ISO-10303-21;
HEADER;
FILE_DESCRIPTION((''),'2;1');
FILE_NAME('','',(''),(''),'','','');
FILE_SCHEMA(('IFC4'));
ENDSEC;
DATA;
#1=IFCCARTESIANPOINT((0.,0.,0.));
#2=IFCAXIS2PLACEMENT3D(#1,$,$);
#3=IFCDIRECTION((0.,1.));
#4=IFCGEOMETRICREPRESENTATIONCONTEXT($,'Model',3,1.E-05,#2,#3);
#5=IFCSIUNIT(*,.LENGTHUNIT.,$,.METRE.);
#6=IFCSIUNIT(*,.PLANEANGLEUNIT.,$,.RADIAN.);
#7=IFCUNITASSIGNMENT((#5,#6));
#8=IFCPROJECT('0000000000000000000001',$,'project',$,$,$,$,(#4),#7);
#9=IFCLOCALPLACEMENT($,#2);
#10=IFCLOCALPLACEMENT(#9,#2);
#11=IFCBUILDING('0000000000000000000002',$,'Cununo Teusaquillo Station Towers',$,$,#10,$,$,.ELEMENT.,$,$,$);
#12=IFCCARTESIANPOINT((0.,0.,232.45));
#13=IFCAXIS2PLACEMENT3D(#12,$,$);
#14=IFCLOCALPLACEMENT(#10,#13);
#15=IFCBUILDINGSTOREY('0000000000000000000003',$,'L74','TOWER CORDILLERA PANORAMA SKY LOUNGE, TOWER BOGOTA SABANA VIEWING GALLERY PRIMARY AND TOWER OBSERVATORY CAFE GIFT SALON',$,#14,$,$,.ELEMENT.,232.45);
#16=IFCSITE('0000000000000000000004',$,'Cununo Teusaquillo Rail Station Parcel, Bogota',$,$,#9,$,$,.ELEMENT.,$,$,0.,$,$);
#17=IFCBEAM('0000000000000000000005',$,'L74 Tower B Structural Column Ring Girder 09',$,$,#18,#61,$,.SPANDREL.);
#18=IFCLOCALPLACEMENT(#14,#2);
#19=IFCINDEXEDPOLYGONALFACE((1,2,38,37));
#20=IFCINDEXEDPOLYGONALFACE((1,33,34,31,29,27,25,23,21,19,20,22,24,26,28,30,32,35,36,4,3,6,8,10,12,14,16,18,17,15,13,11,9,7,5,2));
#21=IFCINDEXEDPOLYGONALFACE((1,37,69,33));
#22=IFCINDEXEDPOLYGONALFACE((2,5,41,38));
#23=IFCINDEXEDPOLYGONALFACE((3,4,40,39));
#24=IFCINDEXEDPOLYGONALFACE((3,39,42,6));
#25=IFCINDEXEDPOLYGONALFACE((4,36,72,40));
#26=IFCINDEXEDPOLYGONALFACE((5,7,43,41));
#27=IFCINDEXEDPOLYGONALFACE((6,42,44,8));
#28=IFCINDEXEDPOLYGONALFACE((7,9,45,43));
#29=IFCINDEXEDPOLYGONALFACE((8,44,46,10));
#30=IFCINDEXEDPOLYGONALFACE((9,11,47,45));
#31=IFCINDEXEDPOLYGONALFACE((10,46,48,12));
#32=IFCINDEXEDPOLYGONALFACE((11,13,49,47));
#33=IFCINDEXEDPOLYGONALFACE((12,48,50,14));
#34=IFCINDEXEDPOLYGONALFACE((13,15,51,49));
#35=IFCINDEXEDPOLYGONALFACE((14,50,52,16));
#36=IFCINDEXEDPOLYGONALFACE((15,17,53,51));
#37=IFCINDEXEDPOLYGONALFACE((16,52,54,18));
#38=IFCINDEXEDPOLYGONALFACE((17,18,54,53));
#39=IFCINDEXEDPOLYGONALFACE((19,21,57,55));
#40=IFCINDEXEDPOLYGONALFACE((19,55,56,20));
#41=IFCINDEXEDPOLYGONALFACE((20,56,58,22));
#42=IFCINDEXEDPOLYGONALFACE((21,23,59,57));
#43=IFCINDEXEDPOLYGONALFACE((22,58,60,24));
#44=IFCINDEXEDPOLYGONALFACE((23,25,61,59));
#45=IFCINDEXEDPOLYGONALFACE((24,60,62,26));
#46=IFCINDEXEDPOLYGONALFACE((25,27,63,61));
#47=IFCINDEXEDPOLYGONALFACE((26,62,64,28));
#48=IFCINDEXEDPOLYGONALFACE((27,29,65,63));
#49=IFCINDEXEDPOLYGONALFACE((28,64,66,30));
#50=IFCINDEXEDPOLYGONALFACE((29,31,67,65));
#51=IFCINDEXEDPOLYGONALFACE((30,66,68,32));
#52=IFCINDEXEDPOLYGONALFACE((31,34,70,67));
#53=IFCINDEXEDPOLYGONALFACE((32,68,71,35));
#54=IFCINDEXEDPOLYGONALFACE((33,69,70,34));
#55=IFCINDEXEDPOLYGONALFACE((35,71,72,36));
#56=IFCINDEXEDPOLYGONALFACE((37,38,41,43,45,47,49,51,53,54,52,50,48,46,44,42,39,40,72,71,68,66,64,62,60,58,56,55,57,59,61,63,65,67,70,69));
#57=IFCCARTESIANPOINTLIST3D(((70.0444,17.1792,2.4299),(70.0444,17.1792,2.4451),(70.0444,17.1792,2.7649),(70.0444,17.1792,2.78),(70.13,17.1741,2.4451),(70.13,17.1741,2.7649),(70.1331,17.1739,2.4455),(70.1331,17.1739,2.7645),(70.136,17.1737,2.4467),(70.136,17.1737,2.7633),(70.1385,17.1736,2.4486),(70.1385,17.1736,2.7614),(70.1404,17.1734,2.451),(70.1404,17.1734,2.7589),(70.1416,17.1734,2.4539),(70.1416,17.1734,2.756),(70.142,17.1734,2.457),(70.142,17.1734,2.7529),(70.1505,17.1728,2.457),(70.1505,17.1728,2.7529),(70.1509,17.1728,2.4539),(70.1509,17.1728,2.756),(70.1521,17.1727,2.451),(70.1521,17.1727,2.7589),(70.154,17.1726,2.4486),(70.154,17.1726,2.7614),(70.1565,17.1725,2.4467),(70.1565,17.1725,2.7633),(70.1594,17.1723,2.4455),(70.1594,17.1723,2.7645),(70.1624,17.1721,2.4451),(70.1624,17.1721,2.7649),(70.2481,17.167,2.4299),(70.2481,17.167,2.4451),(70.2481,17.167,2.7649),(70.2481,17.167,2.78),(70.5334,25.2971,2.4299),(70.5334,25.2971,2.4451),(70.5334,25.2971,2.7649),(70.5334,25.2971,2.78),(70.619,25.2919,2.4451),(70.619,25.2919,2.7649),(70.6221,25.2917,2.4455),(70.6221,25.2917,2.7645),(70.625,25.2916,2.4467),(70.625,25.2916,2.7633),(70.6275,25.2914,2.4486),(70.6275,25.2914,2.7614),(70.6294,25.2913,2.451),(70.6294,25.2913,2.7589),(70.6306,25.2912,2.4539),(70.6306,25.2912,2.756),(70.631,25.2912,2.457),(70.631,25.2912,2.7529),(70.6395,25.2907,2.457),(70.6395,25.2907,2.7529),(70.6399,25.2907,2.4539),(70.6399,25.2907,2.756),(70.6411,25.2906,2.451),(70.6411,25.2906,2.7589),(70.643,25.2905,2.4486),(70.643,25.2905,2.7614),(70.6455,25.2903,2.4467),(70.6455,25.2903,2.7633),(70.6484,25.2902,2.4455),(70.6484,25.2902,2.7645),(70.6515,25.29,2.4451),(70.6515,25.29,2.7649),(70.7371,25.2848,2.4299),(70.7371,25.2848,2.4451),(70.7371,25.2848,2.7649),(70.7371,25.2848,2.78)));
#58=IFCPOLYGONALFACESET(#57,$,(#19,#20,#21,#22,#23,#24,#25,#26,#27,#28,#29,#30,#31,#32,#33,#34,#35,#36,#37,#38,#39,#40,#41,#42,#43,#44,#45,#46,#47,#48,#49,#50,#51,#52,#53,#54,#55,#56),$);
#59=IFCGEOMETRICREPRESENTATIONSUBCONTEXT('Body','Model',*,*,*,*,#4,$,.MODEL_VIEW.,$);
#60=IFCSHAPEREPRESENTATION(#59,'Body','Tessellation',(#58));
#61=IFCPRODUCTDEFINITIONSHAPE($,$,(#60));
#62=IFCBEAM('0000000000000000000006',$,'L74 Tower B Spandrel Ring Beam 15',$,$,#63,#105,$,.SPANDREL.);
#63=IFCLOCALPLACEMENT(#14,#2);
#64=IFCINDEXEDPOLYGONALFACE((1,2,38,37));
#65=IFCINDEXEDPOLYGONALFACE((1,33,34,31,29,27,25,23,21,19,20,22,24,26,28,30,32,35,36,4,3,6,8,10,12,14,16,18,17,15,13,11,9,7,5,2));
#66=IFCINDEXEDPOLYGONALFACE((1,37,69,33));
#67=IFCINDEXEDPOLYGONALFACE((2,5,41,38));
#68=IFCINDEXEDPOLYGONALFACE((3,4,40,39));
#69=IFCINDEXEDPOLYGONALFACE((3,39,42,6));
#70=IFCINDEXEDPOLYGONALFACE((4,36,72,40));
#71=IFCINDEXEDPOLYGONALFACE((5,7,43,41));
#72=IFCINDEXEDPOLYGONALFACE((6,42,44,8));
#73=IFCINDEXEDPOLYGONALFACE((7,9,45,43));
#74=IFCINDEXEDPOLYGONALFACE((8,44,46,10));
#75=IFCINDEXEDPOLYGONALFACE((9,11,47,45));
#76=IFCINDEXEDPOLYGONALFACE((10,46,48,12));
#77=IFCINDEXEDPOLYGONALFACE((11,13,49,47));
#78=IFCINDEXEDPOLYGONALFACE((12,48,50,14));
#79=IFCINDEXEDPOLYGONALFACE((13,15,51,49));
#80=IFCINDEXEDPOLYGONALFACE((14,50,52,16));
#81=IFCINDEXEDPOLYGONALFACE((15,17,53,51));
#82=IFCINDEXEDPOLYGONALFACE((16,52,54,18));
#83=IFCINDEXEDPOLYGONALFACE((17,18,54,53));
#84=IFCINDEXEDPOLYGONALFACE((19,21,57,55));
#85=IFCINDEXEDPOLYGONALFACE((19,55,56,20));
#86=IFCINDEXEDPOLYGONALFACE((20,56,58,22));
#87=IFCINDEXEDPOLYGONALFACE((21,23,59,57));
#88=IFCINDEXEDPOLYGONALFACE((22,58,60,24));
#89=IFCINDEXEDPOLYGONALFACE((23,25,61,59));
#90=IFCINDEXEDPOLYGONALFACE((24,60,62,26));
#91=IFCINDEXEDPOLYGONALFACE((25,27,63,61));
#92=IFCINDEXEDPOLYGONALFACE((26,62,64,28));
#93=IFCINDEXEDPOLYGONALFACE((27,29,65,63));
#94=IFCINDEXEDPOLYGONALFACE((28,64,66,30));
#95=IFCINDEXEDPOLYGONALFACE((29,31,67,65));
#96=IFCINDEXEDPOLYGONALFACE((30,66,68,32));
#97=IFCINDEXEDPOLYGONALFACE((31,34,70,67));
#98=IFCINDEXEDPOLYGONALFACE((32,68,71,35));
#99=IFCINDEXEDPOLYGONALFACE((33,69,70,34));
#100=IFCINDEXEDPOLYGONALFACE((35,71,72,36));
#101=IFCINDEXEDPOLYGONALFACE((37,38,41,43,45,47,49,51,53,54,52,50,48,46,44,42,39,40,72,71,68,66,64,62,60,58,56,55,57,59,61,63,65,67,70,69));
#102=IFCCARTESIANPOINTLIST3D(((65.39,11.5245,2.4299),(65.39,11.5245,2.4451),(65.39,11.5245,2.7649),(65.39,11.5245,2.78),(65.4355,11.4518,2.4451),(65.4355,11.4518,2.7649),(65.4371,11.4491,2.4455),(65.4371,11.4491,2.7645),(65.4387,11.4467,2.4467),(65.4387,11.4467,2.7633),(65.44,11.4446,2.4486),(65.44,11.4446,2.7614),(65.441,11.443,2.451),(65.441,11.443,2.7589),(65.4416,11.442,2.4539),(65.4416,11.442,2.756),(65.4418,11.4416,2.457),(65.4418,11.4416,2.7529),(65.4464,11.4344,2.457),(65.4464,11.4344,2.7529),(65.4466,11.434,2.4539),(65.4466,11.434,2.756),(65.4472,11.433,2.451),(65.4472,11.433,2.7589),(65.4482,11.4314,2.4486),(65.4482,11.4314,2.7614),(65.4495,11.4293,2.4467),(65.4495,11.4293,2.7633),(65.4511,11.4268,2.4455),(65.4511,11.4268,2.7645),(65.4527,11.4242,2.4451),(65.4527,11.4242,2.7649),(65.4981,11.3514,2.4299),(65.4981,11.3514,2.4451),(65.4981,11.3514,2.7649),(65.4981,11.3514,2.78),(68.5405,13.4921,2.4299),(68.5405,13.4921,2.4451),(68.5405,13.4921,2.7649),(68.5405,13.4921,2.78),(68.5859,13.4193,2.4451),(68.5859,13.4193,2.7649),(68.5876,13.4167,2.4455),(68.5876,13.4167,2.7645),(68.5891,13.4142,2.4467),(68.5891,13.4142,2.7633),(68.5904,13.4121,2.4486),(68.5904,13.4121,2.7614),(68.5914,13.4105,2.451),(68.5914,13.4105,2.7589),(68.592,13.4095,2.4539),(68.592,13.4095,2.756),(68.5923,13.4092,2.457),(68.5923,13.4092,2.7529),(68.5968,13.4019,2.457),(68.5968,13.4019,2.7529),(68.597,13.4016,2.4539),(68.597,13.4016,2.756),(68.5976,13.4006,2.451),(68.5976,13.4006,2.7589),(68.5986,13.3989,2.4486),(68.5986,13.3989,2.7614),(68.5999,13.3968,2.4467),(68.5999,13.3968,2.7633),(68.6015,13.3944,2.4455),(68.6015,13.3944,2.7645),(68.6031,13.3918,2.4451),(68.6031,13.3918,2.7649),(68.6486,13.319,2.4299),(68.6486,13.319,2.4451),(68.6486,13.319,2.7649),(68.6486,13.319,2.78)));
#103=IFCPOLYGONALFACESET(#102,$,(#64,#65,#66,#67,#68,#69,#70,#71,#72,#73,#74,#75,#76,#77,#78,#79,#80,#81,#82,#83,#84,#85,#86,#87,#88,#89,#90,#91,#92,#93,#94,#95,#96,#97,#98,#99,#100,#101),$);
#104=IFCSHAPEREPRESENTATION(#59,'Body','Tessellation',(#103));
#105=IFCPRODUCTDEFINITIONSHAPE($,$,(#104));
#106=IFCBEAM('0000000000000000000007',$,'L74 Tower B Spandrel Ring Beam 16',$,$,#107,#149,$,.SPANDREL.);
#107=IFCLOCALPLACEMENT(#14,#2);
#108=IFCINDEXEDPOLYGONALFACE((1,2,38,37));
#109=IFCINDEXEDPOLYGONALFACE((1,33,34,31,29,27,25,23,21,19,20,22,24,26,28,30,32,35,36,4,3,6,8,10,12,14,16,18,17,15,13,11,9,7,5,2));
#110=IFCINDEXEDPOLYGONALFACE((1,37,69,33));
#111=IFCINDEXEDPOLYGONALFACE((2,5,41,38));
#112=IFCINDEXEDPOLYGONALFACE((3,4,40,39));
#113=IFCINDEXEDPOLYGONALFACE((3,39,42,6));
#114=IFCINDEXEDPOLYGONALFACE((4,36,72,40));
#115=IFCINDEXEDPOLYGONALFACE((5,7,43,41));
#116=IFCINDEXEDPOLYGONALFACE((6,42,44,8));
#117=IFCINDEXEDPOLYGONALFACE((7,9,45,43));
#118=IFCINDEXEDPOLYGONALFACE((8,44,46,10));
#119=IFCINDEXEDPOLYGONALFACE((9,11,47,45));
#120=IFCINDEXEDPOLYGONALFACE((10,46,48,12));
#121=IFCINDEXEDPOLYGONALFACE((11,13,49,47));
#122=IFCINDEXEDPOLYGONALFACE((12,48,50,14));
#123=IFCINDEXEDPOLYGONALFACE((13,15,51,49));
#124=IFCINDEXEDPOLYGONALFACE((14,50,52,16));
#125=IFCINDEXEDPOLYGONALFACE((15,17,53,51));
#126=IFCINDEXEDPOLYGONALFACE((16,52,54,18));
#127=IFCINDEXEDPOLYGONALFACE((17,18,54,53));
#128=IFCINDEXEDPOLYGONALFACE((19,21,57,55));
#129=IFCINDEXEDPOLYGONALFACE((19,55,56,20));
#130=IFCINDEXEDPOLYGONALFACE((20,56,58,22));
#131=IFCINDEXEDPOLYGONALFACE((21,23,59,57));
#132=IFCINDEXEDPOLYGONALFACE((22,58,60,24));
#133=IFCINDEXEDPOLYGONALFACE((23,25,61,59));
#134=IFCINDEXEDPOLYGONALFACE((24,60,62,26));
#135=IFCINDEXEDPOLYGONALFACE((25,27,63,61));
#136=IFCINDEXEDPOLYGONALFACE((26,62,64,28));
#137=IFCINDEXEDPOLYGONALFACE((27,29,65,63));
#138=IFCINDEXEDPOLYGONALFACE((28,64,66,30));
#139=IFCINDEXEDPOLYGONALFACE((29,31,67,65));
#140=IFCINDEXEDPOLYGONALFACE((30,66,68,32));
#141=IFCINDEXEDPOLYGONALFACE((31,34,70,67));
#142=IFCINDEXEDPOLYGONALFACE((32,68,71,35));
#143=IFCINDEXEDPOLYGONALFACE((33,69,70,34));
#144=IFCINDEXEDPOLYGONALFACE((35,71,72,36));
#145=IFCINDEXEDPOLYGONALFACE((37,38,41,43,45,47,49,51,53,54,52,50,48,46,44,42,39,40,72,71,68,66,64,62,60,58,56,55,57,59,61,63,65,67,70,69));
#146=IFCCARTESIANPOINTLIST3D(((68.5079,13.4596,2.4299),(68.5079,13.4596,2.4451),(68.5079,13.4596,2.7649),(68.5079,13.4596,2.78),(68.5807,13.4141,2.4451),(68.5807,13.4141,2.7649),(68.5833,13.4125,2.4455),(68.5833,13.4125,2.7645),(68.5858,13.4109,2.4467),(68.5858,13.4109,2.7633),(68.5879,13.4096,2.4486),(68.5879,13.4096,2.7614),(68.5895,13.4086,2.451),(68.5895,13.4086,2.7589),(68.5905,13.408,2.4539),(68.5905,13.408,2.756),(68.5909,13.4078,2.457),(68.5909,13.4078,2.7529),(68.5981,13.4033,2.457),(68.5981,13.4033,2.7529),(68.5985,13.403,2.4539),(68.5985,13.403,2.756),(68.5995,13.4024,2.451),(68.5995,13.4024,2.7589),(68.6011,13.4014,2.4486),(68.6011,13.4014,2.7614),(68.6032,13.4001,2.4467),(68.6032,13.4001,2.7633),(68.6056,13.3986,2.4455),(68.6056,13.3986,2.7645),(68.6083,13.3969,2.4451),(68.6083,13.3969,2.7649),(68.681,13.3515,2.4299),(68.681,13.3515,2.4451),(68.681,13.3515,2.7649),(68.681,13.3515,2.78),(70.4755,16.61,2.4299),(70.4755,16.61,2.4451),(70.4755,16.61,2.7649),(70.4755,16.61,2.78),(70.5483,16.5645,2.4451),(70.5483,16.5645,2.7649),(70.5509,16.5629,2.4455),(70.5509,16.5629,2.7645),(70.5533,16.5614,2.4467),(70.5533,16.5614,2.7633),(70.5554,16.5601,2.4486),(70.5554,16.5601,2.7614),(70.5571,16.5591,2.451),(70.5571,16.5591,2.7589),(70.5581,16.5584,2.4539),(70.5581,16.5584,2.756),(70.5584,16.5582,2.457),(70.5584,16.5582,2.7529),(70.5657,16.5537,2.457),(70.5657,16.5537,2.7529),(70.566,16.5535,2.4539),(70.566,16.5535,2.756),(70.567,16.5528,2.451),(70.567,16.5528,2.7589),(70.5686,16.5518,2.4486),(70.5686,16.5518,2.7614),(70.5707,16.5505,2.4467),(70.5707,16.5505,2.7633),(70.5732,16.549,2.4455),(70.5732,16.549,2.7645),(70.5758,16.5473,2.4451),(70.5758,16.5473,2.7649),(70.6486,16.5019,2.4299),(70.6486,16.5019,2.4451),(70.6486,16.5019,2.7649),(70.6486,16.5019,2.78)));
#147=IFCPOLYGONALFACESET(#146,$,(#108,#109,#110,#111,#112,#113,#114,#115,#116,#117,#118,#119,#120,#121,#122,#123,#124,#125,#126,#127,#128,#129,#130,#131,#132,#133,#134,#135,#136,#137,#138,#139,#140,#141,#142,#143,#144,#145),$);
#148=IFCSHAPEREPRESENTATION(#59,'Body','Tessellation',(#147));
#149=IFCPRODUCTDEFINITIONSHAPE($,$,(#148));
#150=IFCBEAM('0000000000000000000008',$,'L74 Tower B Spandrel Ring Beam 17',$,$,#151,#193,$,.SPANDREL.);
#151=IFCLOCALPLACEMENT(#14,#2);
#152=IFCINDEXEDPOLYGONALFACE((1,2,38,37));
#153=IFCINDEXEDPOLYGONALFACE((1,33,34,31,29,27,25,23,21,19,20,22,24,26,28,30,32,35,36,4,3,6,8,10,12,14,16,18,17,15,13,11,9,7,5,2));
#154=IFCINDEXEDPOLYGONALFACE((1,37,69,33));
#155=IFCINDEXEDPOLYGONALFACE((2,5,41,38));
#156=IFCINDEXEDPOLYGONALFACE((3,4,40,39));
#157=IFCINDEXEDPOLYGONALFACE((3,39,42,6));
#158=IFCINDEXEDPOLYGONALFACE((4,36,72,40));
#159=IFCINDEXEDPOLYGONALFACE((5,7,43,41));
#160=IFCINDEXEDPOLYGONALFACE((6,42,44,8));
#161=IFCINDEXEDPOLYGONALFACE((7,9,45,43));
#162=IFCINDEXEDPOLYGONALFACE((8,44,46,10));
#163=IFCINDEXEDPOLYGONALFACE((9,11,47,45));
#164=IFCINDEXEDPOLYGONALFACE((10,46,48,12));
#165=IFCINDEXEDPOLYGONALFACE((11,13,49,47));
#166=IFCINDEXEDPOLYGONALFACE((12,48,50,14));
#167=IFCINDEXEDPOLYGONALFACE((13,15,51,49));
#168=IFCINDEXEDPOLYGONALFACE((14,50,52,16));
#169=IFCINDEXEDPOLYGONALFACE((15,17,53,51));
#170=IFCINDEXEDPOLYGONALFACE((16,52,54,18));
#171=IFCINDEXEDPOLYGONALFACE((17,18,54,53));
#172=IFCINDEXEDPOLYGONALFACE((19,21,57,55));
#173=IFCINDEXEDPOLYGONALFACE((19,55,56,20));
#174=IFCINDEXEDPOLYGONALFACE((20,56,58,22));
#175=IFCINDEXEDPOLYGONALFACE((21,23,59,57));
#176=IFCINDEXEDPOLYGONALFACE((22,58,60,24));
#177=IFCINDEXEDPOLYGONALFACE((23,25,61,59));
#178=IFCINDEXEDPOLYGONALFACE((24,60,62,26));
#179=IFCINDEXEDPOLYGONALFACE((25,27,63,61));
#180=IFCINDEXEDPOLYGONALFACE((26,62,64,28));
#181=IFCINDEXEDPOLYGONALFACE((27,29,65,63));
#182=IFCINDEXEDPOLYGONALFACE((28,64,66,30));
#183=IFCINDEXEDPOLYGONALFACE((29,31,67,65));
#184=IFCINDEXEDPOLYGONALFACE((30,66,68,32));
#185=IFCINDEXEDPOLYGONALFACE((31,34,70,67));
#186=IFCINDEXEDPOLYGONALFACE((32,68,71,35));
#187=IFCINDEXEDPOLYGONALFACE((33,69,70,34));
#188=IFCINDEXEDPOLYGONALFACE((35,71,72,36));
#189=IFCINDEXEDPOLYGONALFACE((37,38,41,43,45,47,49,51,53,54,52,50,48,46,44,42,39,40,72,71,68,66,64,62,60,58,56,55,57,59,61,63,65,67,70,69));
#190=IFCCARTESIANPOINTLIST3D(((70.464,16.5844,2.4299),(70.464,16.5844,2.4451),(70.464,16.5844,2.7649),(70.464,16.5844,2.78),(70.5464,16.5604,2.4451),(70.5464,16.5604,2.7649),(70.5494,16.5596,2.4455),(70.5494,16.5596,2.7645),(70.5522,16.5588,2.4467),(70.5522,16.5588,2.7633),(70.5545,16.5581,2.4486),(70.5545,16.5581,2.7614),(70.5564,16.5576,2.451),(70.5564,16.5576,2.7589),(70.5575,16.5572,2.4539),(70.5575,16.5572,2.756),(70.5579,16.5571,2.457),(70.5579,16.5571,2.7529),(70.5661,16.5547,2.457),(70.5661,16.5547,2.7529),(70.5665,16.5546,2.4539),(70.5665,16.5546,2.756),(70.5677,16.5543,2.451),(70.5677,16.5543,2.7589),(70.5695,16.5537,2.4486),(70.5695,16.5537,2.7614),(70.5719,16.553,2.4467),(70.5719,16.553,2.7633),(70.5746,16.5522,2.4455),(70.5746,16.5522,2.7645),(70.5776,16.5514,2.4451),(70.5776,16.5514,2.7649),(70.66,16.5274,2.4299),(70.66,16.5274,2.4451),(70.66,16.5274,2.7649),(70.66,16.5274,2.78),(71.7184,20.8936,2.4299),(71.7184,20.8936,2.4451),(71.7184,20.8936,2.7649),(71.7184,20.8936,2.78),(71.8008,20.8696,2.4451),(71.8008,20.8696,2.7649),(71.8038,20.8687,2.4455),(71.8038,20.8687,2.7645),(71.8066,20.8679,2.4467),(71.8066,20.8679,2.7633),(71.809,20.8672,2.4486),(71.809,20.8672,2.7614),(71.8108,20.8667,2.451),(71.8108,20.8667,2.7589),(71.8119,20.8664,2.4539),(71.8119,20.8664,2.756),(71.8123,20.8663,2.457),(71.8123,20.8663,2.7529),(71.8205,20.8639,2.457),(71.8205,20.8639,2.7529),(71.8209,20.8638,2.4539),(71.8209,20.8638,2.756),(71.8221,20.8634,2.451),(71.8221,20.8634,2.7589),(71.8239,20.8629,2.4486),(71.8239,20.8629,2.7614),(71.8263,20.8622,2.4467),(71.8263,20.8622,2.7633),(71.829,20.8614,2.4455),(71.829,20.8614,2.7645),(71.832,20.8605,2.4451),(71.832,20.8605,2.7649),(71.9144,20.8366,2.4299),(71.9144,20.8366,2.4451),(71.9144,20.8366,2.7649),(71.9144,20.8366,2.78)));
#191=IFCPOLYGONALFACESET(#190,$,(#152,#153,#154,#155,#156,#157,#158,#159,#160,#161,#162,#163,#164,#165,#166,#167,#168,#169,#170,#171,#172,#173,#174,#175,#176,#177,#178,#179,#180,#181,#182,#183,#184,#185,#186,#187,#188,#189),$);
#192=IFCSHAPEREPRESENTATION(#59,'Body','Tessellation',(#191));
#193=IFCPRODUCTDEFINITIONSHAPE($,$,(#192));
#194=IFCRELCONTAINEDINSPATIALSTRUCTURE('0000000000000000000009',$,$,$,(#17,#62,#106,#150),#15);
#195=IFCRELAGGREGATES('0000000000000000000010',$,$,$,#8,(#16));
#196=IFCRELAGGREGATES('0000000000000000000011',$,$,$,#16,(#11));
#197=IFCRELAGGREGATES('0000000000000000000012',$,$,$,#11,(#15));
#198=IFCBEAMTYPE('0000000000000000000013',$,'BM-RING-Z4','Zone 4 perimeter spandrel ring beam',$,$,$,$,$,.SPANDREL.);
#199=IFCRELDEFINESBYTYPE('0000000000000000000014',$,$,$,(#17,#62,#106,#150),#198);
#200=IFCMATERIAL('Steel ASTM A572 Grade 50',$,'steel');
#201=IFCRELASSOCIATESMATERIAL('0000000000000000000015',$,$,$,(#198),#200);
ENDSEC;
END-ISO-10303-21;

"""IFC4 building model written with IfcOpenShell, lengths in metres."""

from ifc_helpers import new_model, si_unit, direction, frame, origin, origin_2d, place, context, subcontext, project, spatial, i_section, extrude, material, material_profile, profile_set, type_object, element, save


model = new_model("IFC4")

# Units and contexts
model_context = context("Model", 3, precision=1e-05, world=origin(), true_north=direction((0.0, 1.0)))
body_context = subcontext(model_context, "Body", "Model", "MODEL_VIEW")
ifc_project = project(units=[si_unit("LENGTHUNIT", "METRE"), si_unit("PLANEANGLEUNIT", "RADIAN")], contexts=[model_context])

# Site, building, storey
site_placement = place(None, origin())
site = spatial("IfcSite", under=ifc_project, at=site_placement, Name="Cununo Teusaquillo Rail Station Parcel, Bogota", CompositionType="ELEMENT", RefElevation=0.0)
building_placement = place(site_placement, origin())
building = spatial("IfcBuilding", under=site, at=building_placement, Name="Cununo Teusaquillo Station Towers", CompositionType="ELEMENT")
storey_placement = place(building_placement, frame((0.0, 0.0, 232.45)))
storey = spatial("IfcBuildingStorey", under=building, at=storey_placement, Name="L74", Description="TOWER CORDILLERA PANORAMA SKY LOUNGE, TOWER BOGOTA SABANA VIEWING GALLERY PRIMARY AND TOWER OBSERVATORY CAFE GIFT SALON", CompositionType="ELEMENT", Elevation=232.45)

# Beams
ifc_material_1 = material(Name="Steel ASTM A572 Grade 50", Category="steel")
ifc_material_profile_1 = material_profile(ifc_material_1, i_section(OverallWidth=0.2041, OverallDepth=0.3501, WebThickness=0.0085, FlangeThickness=0.0151, FilletRadius=0.012, at=origin_2d()), Name="W14X48")
ifc_profile_set_1 = profile_set([ifc_material_profile_1], Name="Steel ASTM A572 Grade 50")
beam_type_1 = type_object("IfcBeamType", Name="BM-RING-Z4", Description="Zone 4 perimeter spandrel ring beam", PredefinedType="SPANDREL", material=ifc_profile_set_1)
beam_1_placement = place(storey_placement, frame((70.1462, 17.1731, 2.605), z_axis=(0.06013, 0.998191, 0.0), x_axis=(-0.998191, 0.06013, 0.0)))
element("IfcBeam", 1, at=beam_1_placement, inside=storey, type_object=beam_type_1, Name="L74 Tower B Structural Column Ring Girder 09", PredefinedType="SPANDREL", context=body_context, shape_type="SweptSolid", body=[
    extrude(i_section(OverallWidth=0.2041, OverallDepth=0.3501, WebThickness=0.0085, FlangeThickness=0.0151, FilletRadius=0.012, at=origin_2d()), origin(), (0.0, 0.0, 1.0), 8.1326),
])
for number, where, z_axis, x_axis, name in (
    (2, (65.4441, 11.438, 2.605), (0.848176, 0.529715, 0.0), (-0.529715, 0.848176, 0.0), "L74 Tower B Spandrel Ring Beam 15"),
    (3, (68.5945, 13.4055, 2.605), (0.529715, 0.848176, 0.0), (-0.848176, 0.529715, 0.0), "L74 Tower B Spandrel Ring Beam 16"),
):
    element("IfcBeam", number, at=place(storey_placement, frame(where, z_axis=z_axis, x_axis=x_axis)), inside=storey, type_object=beam_type_1, Name=name, PredefinedType="SPANDREL", context=body_context, shape_type="SweptSolid", body=[
        extrude(i_section(OverallWidth=0.2041, OverallDepth=0.3501, WebThickness=0.0085, FlangeThickness=0.0151, FilletRadius=0.012, at=origin_2d()), origin(), (0.0, 0.0, 1.0), 3.7144),
    ])
beam_2_placement = place(storey_placement, frame((70.562, 16.5559, 2.605), z_axis=(0.279503, 0.960145, 0.0), x_axis=(-0.960145, 0.279503, 0.0)))
element("IfcBeam", 4, at=beam_2_placement, inside=storey, type_object=beam_type_1, Name="L74 Tower B Spandrel Ring Beam 17", PredefinedType="SPANDREL", context=body_context, shape_type="SweptSolid", body=[
    extrude(i_section(OverallWidth=0.2041, OverallDepth=0.3501, WebThickness=0.0085, FlangeThickness=0.0151, FilletRadius=0.012, at=origin_2d()), origin(), (0.0, 0.0, 1.0), 4.488),
])

save(model, "model.ifc")
